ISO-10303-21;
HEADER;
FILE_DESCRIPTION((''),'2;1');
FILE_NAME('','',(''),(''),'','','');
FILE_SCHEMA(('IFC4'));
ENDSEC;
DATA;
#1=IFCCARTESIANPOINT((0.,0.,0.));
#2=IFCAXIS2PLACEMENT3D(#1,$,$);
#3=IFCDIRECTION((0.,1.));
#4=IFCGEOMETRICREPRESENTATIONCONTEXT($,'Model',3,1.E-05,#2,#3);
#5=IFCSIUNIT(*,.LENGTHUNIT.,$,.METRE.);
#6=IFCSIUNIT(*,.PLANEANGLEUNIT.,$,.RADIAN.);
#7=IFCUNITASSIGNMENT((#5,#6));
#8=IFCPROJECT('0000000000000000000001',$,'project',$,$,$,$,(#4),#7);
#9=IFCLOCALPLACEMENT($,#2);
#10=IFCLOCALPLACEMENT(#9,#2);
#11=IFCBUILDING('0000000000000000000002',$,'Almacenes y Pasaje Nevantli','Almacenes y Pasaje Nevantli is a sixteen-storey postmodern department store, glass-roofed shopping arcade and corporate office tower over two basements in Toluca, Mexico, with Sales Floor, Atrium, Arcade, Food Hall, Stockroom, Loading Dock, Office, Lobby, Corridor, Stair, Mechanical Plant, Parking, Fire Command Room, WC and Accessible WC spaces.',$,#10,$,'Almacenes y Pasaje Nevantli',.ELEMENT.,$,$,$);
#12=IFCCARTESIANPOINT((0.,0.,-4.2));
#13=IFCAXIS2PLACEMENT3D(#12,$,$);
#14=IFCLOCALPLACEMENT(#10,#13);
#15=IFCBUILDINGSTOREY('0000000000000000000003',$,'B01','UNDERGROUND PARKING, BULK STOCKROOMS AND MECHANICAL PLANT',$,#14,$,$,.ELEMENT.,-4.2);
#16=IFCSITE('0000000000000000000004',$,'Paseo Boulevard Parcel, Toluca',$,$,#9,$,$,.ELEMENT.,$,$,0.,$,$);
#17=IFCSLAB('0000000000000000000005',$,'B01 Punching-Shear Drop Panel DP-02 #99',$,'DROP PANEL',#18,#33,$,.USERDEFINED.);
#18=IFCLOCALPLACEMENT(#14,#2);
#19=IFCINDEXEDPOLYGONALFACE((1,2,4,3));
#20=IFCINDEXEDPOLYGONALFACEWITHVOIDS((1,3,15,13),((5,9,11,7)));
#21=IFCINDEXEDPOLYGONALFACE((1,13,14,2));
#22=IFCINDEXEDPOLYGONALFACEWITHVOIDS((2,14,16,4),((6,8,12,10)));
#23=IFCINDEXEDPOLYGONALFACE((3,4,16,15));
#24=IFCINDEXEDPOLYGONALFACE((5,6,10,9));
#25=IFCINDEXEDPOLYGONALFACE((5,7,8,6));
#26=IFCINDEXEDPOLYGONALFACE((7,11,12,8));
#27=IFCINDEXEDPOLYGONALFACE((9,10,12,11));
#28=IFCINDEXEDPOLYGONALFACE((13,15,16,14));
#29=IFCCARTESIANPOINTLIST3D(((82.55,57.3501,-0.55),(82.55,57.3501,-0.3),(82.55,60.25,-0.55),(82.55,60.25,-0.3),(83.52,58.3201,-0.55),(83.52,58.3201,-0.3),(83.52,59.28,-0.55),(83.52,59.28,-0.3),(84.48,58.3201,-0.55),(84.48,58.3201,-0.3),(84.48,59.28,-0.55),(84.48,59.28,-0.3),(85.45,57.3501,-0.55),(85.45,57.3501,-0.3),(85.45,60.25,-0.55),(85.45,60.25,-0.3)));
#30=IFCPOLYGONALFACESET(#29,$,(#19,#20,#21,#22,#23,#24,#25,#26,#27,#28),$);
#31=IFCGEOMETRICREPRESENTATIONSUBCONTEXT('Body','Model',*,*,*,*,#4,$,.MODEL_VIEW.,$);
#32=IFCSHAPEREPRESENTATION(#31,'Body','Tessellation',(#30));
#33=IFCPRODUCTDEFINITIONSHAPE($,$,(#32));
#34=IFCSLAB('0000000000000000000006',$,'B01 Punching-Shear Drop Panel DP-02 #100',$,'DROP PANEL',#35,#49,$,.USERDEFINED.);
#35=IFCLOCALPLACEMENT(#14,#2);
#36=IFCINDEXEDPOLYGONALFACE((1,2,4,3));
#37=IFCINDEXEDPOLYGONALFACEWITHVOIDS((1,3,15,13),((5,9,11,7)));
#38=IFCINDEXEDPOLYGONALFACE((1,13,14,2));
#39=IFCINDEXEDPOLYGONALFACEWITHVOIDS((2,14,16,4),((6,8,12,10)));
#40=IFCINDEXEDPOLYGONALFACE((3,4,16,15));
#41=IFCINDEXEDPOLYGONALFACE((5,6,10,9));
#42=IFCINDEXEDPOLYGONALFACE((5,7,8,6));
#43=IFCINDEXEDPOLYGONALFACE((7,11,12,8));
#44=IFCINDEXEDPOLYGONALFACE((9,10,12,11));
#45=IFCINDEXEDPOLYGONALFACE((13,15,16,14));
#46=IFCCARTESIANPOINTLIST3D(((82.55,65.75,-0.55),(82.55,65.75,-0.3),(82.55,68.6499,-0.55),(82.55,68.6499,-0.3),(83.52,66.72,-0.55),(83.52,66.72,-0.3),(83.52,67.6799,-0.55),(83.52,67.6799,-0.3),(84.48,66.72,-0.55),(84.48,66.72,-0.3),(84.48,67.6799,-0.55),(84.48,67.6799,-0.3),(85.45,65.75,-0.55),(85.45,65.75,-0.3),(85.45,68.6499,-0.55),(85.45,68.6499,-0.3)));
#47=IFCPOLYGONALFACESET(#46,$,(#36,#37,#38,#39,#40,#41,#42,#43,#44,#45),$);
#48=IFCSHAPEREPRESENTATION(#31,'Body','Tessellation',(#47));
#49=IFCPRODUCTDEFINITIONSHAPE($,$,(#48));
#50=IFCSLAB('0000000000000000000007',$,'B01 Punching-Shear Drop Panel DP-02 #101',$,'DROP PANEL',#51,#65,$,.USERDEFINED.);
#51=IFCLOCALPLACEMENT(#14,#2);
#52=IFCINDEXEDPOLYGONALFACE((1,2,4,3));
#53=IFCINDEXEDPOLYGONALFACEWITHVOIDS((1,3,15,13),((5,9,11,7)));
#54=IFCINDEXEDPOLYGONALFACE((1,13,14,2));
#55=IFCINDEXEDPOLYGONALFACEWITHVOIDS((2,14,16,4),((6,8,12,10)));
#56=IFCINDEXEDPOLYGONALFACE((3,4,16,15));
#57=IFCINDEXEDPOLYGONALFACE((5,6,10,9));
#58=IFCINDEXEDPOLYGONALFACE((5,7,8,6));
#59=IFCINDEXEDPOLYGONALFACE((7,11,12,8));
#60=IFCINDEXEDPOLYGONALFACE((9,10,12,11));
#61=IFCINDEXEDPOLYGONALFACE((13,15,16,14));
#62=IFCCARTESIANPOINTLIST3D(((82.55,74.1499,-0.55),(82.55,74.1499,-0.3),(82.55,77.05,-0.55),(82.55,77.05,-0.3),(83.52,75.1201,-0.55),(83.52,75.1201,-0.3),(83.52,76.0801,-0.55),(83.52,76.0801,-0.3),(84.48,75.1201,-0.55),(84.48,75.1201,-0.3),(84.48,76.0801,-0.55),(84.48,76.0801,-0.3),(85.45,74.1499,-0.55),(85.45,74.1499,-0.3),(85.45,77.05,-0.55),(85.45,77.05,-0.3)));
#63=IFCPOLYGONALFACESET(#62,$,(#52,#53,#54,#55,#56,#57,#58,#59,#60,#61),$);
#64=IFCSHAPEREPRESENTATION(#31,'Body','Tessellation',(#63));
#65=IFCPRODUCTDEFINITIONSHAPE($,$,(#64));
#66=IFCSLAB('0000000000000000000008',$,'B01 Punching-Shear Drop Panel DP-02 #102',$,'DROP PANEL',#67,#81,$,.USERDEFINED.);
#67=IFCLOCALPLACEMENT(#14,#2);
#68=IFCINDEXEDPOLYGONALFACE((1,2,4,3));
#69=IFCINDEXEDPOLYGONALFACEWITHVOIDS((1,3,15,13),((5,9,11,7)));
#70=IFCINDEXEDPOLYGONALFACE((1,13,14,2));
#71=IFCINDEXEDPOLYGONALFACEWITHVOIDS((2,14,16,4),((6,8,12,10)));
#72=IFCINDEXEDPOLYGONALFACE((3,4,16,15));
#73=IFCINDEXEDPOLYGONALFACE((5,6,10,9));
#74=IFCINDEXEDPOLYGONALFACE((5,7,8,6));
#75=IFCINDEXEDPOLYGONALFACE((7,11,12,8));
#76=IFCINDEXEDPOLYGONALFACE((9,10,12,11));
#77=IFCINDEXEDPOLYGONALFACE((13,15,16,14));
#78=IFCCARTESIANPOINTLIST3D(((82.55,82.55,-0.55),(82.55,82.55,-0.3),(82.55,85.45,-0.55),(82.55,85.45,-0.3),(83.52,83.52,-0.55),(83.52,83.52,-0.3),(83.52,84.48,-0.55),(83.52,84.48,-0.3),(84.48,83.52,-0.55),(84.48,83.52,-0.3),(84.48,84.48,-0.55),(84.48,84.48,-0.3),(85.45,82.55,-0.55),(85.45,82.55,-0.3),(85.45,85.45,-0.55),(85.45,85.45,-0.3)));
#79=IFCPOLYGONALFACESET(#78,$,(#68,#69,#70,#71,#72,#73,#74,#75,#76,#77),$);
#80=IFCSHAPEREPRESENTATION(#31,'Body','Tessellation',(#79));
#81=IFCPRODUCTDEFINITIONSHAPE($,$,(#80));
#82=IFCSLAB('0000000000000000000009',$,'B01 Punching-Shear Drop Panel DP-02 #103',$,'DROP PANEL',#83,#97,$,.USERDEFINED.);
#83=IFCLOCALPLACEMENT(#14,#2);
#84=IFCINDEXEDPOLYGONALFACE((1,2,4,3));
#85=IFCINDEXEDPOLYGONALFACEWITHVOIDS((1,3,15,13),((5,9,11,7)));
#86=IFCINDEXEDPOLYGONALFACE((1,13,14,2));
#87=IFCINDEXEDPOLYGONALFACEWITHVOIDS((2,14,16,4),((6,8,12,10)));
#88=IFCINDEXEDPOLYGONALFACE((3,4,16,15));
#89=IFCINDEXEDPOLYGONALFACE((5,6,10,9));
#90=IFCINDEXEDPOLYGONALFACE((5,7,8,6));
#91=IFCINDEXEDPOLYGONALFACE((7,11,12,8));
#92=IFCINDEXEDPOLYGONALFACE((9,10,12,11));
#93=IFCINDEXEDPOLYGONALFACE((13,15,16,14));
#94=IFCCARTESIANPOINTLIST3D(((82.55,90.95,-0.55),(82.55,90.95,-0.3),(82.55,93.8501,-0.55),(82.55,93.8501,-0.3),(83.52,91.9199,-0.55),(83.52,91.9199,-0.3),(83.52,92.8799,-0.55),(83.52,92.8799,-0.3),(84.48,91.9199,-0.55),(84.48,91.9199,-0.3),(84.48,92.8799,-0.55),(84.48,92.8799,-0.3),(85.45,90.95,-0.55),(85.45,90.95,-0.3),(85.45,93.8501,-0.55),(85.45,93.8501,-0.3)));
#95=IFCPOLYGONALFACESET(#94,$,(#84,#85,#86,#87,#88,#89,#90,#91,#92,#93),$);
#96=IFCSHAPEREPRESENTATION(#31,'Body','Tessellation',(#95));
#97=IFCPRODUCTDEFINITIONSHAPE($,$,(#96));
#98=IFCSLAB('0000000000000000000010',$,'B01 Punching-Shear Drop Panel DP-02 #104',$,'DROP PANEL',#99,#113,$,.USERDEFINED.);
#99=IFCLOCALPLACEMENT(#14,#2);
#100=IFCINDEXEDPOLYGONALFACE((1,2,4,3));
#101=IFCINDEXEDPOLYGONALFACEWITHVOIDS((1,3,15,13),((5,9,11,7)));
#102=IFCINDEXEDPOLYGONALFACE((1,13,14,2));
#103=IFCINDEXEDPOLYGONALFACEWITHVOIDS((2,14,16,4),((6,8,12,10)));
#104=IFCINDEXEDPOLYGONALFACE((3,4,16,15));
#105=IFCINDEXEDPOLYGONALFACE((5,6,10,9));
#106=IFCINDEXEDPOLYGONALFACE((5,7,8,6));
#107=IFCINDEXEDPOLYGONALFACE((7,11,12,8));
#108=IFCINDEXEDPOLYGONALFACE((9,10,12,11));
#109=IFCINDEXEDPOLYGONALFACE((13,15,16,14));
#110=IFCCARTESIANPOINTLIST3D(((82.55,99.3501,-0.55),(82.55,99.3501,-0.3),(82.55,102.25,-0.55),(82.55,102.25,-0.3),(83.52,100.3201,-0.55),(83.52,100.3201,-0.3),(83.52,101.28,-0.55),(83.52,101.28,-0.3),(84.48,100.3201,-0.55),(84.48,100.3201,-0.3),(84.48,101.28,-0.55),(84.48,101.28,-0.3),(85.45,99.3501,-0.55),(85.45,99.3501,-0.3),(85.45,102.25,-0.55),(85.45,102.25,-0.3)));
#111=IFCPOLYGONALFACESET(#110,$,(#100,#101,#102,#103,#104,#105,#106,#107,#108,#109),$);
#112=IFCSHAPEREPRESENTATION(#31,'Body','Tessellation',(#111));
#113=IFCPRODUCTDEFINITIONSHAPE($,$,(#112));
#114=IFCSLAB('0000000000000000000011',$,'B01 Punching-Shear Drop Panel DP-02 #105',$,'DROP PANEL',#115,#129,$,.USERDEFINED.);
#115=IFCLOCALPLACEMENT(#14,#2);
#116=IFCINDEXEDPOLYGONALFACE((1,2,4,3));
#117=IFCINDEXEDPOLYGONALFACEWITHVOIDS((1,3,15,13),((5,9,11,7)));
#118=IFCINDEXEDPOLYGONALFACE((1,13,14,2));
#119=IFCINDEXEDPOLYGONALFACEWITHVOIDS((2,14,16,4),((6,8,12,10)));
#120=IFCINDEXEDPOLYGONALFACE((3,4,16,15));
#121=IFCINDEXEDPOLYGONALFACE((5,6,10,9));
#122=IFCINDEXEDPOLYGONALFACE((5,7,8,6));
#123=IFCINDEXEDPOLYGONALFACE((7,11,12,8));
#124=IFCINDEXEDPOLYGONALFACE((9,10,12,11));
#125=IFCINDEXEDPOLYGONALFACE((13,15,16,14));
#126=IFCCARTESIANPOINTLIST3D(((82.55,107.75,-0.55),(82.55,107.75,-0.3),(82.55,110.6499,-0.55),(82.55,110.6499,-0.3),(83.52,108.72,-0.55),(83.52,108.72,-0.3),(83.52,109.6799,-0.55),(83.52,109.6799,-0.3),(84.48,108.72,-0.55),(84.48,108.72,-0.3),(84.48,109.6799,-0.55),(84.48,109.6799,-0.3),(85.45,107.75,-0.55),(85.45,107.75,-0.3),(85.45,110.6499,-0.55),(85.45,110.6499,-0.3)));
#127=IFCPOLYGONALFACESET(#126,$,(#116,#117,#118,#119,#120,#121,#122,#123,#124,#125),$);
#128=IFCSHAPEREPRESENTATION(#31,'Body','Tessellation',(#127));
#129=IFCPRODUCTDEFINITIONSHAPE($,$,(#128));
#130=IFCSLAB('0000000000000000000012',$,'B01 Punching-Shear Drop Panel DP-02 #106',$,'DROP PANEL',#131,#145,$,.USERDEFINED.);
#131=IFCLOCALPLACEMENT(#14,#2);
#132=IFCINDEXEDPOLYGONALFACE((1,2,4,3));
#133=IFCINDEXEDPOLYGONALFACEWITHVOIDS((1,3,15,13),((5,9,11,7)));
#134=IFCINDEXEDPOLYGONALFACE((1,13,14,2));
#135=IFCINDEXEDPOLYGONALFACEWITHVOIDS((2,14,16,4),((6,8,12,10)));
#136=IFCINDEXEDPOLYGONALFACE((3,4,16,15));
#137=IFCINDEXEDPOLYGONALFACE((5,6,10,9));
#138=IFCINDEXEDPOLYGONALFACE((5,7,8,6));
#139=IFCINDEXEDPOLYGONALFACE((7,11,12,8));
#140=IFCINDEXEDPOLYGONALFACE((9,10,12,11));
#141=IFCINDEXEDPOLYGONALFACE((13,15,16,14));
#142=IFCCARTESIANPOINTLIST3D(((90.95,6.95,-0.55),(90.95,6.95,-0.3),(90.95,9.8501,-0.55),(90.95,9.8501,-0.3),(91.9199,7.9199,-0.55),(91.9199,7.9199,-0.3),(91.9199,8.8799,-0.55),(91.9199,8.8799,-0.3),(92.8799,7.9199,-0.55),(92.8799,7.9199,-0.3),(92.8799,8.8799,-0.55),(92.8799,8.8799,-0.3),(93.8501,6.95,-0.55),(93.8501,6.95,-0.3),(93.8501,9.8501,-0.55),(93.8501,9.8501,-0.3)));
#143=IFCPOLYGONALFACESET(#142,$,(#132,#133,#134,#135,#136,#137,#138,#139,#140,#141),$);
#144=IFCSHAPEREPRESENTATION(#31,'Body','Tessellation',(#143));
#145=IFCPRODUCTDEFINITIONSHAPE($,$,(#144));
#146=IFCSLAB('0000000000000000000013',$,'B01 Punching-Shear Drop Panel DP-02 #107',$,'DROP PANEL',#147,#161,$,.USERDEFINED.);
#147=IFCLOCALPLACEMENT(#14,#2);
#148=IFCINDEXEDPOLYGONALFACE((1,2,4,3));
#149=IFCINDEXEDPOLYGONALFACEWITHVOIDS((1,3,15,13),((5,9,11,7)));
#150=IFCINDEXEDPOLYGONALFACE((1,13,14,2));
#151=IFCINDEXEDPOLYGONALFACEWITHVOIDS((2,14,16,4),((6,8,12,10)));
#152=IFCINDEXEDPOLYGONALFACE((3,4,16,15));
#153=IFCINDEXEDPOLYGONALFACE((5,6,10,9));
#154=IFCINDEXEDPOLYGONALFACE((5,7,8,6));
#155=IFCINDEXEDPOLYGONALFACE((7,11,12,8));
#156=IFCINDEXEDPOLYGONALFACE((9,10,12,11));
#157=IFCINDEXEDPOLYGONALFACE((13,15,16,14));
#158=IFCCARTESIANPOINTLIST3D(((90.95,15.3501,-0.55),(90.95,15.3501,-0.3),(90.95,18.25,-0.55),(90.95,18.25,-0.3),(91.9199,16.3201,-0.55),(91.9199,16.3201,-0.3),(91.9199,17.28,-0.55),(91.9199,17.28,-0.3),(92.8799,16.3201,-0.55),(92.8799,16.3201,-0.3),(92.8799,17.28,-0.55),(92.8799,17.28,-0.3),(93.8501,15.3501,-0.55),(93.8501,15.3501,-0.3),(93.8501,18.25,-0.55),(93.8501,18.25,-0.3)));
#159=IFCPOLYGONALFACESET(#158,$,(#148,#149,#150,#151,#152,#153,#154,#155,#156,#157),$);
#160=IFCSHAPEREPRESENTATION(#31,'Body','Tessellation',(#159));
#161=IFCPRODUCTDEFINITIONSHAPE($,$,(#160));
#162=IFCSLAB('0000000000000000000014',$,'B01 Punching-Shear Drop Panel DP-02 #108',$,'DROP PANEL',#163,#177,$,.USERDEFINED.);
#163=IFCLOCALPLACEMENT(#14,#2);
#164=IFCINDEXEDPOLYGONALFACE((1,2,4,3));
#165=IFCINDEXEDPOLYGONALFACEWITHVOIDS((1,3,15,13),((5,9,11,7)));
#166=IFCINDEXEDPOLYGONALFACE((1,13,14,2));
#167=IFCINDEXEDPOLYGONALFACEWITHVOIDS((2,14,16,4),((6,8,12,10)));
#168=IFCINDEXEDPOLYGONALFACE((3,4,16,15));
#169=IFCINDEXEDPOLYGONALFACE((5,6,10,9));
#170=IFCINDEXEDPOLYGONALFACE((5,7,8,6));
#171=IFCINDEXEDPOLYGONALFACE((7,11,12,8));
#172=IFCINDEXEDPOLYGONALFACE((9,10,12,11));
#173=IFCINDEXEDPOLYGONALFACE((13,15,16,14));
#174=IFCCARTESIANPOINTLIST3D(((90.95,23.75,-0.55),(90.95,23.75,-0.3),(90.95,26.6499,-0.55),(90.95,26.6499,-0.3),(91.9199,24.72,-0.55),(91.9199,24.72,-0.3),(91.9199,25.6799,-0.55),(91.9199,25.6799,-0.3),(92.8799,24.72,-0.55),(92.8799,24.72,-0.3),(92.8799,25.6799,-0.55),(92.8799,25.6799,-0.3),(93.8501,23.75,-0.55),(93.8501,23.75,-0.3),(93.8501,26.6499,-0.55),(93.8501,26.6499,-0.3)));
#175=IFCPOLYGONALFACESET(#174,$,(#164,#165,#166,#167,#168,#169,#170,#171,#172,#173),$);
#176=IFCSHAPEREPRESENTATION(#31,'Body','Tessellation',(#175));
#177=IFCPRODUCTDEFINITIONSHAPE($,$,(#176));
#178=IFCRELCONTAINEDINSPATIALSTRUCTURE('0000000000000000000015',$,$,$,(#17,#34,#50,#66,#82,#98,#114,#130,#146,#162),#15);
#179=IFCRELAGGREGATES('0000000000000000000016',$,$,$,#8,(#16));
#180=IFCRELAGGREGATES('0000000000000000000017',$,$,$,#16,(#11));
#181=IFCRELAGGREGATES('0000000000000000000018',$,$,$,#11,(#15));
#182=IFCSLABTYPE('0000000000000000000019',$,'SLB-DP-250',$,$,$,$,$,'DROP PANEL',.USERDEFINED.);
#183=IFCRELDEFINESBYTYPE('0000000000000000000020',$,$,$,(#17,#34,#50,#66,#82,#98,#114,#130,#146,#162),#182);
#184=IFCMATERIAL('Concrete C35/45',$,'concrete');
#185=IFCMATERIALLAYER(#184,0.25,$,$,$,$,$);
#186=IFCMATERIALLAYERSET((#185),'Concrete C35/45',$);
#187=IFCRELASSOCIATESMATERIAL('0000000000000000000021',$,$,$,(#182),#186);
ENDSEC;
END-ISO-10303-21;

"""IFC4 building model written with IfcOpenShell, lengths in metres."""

from ifc_helpers import new_model, si_unit, direction, frame, origin, place, context, subcontext, project, spatial, polyline, outline, extrude, material, layer, layer_set, type_object, element, save


model = new_model("IFC4")

# Units and contexts
model_context = context("Model", 3, precision=1e-05, world=origin(), true_north=direction((0.0, 1.0)))
body_context = subcontext(model_context, "Body", "Model", "MODEL_VIEW")
ifc_project = project(units=[si_unit("LENGTHUNIT", "METRE"), si_unit("PLANEANGLEUNIT", "RADIAN")], contexts=[model_context])

# Site, building, storey
site_placement = place(None, origin())
site = spatial("IfcSite", under=ifc_project, at=site_placement, Name="Paseo Boulevard Parcel, Toluca", CompositionType="ELEMENT", RefElevation=0.0)
building_placement = place(site_placement, origin())
building = spatial("IfcBuilding", under=site, at=building_placement, Name="Almacenes y Pasaje Nevantli", Description="Almacenes y Pasaje Nevantli is a sixteen-storey postmodern department store, glass-roofed shopping arcade and corporate office tower over two basements in Toluca, Mexico, with Sales Floor, Atrium, Arcade, Food Hall, Stockroom, Loading Dock, Office, Lobby, Corridor, Stair, Mechanical Plant, Parking, Fire Command Room, WC and Accessible WC spaces.", LongName="Almacenes y Pasaje Nevantli", CompositionType="ELEMENT")
storey_placement = place(building_placement, frame((0.0, 0.0, -4.2)))
storey = spatial("IfcBuildingStorey", under=building, at=storey_placement, Name="B01", Description="UNDERGROUND PARKING, BULK STOCKROOMS AND MECHANICAL PLANT", CompositionType="ELEMENT", Elevation=-4.2)

# Slabs
ifc_material = material(Name="Concrete C35/45", Category="concrete")
ifc_layer = layer(ifc_material, 0.25)
ifc_layer_set = layer_set([ifc_layer], Name="Concrete C35/45")
slab_type = type_object("IfcSlabType", Name="SLB-DP-250", ElementType="DROP PANEL", PredefinedType="USERDEFINED", material=ifc_layer_set)
slab_1_placement = place(storey_placement, frame((0.0, 0.0, -0.55)))
element("IfcSlab", 1, at=slab_1_placement, inside=storey, type_object=slab_type, Name="B01 Punching-Shear Drop Panel DP-02 #99", ObjectType="DROP PANEL", PredefinedType="USERDEFINED", context=body_context, shape_type="SweptSolid", body=[
    extrude(outline(polyline([(82.55, 57.3501), (85.45, 57.3501), (85.45, 60.25), (82.55, 60.25), (82.55, 57.3501)]), holes=[polyline([(83.52, 58.3201), (84.48, 58.3201), (84.48, 59.28), (83.52, 59.28), (83.52, 58.3201)])]), origin(), (0.0, 0.0, 1.0), 0.25),
])
slab_2_placement = place(storey_placement, frame((0.0, 0.0, -0.55)))
element("IfcSlab", 2, at=slab_2_placement, inside=storey, type_object=slab_type, Name="B01 Punching-Shear Drop Panel DP-02 #100", ObjectType="DROP PANEL", PredefinedType="USERDEFINED", context=body_context, shape_type="SweptSolid", body=[
    extrude(outline(polyline([(82.55, 65.75), (85.45, 65.75), (85.45, 68.6499), (82.55, 68.6499), (82.55, 65.75)]), holes=[polyline([(83.52, 66.72), (84.48, 66.72), (84.48, 67.6799), (83.52, 67.6799), (83.52, 66.72)])]), origin(), (0.0, 0.0, 1.0), 0.25),
])
slab_3_placement = place(storey_placement, frame((0.0, 0.0, -0.55)))
element("IfcSlab", 3, at=slab_3_placement, inside=storey, type_object=slab_type, Name="B01 Punching-Shear Drop Panel DP-02 #101", ObjectType="DROP PANEL", PredefinedType="USERDEFINED", context=body_context, shape_type="SweptSolid", body=[
    extrude(outline(polyline([(82.55, 74.1499), (85.45, 74.1499), (85.45, 77.05), (82.55, 77.05), (82.55, 74.1499)]), holes=[polyline([(83.52, 75.1201), (84.48, 75.1201), (84.48, 76.0801), (83.52, 76.0801), (83.52, 75.1201)])]), origin(), (0.0, 0.0, 1.0), 0.25),
])
slab_4_placement = place(storey_placement, frame((0.0, 0.0, -0.55)))
element("IfcSlab", 4, at=slab_4_placement, inside=storey, type_object=slab_type, Name="B01 Punching-Shear Drop Panel DP-02 #102", ObjectType="DROP PANEL", PredefinedType="USERDEFINED", context=body_context, shape_type="SweptSolid", body=[
    extrude(outline(polyline([(82.55, 82.55), (85.45, 82.55), (85.45, 85.45), (82.55, 85.45), (82.55, 82.55)]), holes=[polyline([(83.52, 83.52), (84.48, 83.52), (84.48, 84.48), (83.52, 84.48), (83.52, 83.52)])]), origin(), (0.0, 0.0, 1.0), 0.25),
])
slab_5_placement = place(storey_placement, frame((0.0, 0.0, -0.55)))
element("IfcSlab", 5, at=slab_5_placement, inside=storey, type_object=slab_type, Name="B01 Punching-Shear Drop Panel DP-02 #103", ObjectType="DROP PANEL", PredefinedType="USERDEFINED", context=body_context, shape_type="SweptSolid", body=[
    extrude(outline(polyline([(82.55, 90.95), (85.45, 90.95), (85.45, 93.8501), (82.55, 93.8501), (82.55, 90.95)]), holes=[polyline([(83.52, 91.9199), (84.48, 91.9199), (84.48, 92.8799), (83.52, 92.8799), (83.52, 91.9199)])]), origin(), (0.0, 0.0, 1.0), 0.25),
])
slab_6_placement = place(storey_placement, frame((0.0, 0.0, -0.55)))
element("IfcSlab", 6, at=slab_6_placement, inside=storey, type_object=slab_type, Name="B01 Punching-Shear Drop Panel DP-02 #104", ObjectType="DROP PANEL", PredefinedType="USERDEFINED", context=body_context, shape_type="SweptSolid", body=[
    extrude(outline(polyline([(82.55, 99.3501), (85.45, 99.3501), (85.45, 102.25), (82.55, 102.25), (82.55, 99.3501)]), holes=[polyline([(83.52, 100.3201), (84.48, 100.3201), (84.48, 101.28), (83.52, 101.28), (83.52, 100.3201)])]), origin(), (0.0, 0.0, 1.0), 0.25),
])
slab_7_placement = place(storey_placement, frame((0.0, 0.0, -0.55)))
element("IfcSlab", 7, at=slab_7_placement, inside=storey, type_object=slab_type, Name="B01 Punching-Shear Drop Panel DP-02 #105", ObjectType="DROP PANEL", PredefinedType="USERDEFINED", context=body_context, shape_type="SweptSolid", body=[
    extrude(outline(polyline([(82.55, 107.75), (85.45, 107.75), (85.45, 110.6499), (82.55, 110.6499), (82.55, 107.75)]), holes=[polyline([(83.52, 108.72), (84.48, 108.72), (84.48, 109.6799), (83.52, 109.6799), (83.52, 108.72)])]), origin(), (0.0, 0.0, 1.0), 0.25),
])
slab_8_placement = place(storey_placement, frame((0.0, 0.0, -0.55)))
element("IfcSlab", 8, at=slab_8_placement, inside=storey, type_object=slab_type, Name="B01 Punching-Shear Drop Panel DP-02 #106", ObjectType="DROP PANEL", PredefinedType="USERDEFINED", context=body_context, shape_type="SweptSolid", body=[
    extrude(outline(polyline([(90.95, 6.95), (93.8501, 6.95), (93.8501, 9.8501), (90.95, 9.8501), (90.95, 6.95)]), holes=[polyline([(91.9199, 7.9199), (92.8799, 7.9199), (92.8799, 8.8799), (91.9199, 8.8799), (91.9199, 7.9199)])]), origin(), (0.0, 0.0, 1.0), 0.25),
])
slab_9_placement = place(storey_placement, frame((0.0, 0.0, -0.55)))
element("IfcSlab", 9, at=slab_9_placement, inside=storey, type_object=slab_type, Name="B01 Punching-Shear Drop Panel DP-02 #107", ObjectType="DROP PANEL", PredefinedType="USERDEFINED", context=body_context, shape_type="SweptSolid", body=[
    extrude(outline(polyline([(90.95, 15.3501), (93.8501, 15.3501), (93.8501, 18.25), (90.95, 18.25), (90.95, 15.3501)]), holes=[polyline([(91.9199, 16.3201), (92.8799, 16.3201), (92.8799, 17.28), (91.9199, 17.28), (91.9199, 16.3201)])]), origin(), (0.0, 0.0, 1.0), 0.25),
])
slab_10_placement = place(storey_placement, frame((0.0, 0.0, -0.55)))
element("IfcSlab", 10, at=slab_10_placement, inside=storey, type_object=slab_type, Name="B01 Punching-Shear Drop Panel DP-02 #108", ObjectType="DROP PANEL", PredefinedType="USERDEFINED", context=body_context, shape_type="SweptSolid", body=[
    extrude(outline(polyline([(90.95, 23.75), (93.8501, 23.75), (93.8501, 26.6499), (90.95, 26.6499), (90.95, 23.75)]), holes=[polyline([(91.9199, 24.72), (92.8799, 24.72), (92.8799, 25.6799), (91.9199, 25.6799), (91.9199, 24.72)])]), origin(), (0.0, 0.0, 1.0), 0.25),
])

save(model, "model.ifc")
